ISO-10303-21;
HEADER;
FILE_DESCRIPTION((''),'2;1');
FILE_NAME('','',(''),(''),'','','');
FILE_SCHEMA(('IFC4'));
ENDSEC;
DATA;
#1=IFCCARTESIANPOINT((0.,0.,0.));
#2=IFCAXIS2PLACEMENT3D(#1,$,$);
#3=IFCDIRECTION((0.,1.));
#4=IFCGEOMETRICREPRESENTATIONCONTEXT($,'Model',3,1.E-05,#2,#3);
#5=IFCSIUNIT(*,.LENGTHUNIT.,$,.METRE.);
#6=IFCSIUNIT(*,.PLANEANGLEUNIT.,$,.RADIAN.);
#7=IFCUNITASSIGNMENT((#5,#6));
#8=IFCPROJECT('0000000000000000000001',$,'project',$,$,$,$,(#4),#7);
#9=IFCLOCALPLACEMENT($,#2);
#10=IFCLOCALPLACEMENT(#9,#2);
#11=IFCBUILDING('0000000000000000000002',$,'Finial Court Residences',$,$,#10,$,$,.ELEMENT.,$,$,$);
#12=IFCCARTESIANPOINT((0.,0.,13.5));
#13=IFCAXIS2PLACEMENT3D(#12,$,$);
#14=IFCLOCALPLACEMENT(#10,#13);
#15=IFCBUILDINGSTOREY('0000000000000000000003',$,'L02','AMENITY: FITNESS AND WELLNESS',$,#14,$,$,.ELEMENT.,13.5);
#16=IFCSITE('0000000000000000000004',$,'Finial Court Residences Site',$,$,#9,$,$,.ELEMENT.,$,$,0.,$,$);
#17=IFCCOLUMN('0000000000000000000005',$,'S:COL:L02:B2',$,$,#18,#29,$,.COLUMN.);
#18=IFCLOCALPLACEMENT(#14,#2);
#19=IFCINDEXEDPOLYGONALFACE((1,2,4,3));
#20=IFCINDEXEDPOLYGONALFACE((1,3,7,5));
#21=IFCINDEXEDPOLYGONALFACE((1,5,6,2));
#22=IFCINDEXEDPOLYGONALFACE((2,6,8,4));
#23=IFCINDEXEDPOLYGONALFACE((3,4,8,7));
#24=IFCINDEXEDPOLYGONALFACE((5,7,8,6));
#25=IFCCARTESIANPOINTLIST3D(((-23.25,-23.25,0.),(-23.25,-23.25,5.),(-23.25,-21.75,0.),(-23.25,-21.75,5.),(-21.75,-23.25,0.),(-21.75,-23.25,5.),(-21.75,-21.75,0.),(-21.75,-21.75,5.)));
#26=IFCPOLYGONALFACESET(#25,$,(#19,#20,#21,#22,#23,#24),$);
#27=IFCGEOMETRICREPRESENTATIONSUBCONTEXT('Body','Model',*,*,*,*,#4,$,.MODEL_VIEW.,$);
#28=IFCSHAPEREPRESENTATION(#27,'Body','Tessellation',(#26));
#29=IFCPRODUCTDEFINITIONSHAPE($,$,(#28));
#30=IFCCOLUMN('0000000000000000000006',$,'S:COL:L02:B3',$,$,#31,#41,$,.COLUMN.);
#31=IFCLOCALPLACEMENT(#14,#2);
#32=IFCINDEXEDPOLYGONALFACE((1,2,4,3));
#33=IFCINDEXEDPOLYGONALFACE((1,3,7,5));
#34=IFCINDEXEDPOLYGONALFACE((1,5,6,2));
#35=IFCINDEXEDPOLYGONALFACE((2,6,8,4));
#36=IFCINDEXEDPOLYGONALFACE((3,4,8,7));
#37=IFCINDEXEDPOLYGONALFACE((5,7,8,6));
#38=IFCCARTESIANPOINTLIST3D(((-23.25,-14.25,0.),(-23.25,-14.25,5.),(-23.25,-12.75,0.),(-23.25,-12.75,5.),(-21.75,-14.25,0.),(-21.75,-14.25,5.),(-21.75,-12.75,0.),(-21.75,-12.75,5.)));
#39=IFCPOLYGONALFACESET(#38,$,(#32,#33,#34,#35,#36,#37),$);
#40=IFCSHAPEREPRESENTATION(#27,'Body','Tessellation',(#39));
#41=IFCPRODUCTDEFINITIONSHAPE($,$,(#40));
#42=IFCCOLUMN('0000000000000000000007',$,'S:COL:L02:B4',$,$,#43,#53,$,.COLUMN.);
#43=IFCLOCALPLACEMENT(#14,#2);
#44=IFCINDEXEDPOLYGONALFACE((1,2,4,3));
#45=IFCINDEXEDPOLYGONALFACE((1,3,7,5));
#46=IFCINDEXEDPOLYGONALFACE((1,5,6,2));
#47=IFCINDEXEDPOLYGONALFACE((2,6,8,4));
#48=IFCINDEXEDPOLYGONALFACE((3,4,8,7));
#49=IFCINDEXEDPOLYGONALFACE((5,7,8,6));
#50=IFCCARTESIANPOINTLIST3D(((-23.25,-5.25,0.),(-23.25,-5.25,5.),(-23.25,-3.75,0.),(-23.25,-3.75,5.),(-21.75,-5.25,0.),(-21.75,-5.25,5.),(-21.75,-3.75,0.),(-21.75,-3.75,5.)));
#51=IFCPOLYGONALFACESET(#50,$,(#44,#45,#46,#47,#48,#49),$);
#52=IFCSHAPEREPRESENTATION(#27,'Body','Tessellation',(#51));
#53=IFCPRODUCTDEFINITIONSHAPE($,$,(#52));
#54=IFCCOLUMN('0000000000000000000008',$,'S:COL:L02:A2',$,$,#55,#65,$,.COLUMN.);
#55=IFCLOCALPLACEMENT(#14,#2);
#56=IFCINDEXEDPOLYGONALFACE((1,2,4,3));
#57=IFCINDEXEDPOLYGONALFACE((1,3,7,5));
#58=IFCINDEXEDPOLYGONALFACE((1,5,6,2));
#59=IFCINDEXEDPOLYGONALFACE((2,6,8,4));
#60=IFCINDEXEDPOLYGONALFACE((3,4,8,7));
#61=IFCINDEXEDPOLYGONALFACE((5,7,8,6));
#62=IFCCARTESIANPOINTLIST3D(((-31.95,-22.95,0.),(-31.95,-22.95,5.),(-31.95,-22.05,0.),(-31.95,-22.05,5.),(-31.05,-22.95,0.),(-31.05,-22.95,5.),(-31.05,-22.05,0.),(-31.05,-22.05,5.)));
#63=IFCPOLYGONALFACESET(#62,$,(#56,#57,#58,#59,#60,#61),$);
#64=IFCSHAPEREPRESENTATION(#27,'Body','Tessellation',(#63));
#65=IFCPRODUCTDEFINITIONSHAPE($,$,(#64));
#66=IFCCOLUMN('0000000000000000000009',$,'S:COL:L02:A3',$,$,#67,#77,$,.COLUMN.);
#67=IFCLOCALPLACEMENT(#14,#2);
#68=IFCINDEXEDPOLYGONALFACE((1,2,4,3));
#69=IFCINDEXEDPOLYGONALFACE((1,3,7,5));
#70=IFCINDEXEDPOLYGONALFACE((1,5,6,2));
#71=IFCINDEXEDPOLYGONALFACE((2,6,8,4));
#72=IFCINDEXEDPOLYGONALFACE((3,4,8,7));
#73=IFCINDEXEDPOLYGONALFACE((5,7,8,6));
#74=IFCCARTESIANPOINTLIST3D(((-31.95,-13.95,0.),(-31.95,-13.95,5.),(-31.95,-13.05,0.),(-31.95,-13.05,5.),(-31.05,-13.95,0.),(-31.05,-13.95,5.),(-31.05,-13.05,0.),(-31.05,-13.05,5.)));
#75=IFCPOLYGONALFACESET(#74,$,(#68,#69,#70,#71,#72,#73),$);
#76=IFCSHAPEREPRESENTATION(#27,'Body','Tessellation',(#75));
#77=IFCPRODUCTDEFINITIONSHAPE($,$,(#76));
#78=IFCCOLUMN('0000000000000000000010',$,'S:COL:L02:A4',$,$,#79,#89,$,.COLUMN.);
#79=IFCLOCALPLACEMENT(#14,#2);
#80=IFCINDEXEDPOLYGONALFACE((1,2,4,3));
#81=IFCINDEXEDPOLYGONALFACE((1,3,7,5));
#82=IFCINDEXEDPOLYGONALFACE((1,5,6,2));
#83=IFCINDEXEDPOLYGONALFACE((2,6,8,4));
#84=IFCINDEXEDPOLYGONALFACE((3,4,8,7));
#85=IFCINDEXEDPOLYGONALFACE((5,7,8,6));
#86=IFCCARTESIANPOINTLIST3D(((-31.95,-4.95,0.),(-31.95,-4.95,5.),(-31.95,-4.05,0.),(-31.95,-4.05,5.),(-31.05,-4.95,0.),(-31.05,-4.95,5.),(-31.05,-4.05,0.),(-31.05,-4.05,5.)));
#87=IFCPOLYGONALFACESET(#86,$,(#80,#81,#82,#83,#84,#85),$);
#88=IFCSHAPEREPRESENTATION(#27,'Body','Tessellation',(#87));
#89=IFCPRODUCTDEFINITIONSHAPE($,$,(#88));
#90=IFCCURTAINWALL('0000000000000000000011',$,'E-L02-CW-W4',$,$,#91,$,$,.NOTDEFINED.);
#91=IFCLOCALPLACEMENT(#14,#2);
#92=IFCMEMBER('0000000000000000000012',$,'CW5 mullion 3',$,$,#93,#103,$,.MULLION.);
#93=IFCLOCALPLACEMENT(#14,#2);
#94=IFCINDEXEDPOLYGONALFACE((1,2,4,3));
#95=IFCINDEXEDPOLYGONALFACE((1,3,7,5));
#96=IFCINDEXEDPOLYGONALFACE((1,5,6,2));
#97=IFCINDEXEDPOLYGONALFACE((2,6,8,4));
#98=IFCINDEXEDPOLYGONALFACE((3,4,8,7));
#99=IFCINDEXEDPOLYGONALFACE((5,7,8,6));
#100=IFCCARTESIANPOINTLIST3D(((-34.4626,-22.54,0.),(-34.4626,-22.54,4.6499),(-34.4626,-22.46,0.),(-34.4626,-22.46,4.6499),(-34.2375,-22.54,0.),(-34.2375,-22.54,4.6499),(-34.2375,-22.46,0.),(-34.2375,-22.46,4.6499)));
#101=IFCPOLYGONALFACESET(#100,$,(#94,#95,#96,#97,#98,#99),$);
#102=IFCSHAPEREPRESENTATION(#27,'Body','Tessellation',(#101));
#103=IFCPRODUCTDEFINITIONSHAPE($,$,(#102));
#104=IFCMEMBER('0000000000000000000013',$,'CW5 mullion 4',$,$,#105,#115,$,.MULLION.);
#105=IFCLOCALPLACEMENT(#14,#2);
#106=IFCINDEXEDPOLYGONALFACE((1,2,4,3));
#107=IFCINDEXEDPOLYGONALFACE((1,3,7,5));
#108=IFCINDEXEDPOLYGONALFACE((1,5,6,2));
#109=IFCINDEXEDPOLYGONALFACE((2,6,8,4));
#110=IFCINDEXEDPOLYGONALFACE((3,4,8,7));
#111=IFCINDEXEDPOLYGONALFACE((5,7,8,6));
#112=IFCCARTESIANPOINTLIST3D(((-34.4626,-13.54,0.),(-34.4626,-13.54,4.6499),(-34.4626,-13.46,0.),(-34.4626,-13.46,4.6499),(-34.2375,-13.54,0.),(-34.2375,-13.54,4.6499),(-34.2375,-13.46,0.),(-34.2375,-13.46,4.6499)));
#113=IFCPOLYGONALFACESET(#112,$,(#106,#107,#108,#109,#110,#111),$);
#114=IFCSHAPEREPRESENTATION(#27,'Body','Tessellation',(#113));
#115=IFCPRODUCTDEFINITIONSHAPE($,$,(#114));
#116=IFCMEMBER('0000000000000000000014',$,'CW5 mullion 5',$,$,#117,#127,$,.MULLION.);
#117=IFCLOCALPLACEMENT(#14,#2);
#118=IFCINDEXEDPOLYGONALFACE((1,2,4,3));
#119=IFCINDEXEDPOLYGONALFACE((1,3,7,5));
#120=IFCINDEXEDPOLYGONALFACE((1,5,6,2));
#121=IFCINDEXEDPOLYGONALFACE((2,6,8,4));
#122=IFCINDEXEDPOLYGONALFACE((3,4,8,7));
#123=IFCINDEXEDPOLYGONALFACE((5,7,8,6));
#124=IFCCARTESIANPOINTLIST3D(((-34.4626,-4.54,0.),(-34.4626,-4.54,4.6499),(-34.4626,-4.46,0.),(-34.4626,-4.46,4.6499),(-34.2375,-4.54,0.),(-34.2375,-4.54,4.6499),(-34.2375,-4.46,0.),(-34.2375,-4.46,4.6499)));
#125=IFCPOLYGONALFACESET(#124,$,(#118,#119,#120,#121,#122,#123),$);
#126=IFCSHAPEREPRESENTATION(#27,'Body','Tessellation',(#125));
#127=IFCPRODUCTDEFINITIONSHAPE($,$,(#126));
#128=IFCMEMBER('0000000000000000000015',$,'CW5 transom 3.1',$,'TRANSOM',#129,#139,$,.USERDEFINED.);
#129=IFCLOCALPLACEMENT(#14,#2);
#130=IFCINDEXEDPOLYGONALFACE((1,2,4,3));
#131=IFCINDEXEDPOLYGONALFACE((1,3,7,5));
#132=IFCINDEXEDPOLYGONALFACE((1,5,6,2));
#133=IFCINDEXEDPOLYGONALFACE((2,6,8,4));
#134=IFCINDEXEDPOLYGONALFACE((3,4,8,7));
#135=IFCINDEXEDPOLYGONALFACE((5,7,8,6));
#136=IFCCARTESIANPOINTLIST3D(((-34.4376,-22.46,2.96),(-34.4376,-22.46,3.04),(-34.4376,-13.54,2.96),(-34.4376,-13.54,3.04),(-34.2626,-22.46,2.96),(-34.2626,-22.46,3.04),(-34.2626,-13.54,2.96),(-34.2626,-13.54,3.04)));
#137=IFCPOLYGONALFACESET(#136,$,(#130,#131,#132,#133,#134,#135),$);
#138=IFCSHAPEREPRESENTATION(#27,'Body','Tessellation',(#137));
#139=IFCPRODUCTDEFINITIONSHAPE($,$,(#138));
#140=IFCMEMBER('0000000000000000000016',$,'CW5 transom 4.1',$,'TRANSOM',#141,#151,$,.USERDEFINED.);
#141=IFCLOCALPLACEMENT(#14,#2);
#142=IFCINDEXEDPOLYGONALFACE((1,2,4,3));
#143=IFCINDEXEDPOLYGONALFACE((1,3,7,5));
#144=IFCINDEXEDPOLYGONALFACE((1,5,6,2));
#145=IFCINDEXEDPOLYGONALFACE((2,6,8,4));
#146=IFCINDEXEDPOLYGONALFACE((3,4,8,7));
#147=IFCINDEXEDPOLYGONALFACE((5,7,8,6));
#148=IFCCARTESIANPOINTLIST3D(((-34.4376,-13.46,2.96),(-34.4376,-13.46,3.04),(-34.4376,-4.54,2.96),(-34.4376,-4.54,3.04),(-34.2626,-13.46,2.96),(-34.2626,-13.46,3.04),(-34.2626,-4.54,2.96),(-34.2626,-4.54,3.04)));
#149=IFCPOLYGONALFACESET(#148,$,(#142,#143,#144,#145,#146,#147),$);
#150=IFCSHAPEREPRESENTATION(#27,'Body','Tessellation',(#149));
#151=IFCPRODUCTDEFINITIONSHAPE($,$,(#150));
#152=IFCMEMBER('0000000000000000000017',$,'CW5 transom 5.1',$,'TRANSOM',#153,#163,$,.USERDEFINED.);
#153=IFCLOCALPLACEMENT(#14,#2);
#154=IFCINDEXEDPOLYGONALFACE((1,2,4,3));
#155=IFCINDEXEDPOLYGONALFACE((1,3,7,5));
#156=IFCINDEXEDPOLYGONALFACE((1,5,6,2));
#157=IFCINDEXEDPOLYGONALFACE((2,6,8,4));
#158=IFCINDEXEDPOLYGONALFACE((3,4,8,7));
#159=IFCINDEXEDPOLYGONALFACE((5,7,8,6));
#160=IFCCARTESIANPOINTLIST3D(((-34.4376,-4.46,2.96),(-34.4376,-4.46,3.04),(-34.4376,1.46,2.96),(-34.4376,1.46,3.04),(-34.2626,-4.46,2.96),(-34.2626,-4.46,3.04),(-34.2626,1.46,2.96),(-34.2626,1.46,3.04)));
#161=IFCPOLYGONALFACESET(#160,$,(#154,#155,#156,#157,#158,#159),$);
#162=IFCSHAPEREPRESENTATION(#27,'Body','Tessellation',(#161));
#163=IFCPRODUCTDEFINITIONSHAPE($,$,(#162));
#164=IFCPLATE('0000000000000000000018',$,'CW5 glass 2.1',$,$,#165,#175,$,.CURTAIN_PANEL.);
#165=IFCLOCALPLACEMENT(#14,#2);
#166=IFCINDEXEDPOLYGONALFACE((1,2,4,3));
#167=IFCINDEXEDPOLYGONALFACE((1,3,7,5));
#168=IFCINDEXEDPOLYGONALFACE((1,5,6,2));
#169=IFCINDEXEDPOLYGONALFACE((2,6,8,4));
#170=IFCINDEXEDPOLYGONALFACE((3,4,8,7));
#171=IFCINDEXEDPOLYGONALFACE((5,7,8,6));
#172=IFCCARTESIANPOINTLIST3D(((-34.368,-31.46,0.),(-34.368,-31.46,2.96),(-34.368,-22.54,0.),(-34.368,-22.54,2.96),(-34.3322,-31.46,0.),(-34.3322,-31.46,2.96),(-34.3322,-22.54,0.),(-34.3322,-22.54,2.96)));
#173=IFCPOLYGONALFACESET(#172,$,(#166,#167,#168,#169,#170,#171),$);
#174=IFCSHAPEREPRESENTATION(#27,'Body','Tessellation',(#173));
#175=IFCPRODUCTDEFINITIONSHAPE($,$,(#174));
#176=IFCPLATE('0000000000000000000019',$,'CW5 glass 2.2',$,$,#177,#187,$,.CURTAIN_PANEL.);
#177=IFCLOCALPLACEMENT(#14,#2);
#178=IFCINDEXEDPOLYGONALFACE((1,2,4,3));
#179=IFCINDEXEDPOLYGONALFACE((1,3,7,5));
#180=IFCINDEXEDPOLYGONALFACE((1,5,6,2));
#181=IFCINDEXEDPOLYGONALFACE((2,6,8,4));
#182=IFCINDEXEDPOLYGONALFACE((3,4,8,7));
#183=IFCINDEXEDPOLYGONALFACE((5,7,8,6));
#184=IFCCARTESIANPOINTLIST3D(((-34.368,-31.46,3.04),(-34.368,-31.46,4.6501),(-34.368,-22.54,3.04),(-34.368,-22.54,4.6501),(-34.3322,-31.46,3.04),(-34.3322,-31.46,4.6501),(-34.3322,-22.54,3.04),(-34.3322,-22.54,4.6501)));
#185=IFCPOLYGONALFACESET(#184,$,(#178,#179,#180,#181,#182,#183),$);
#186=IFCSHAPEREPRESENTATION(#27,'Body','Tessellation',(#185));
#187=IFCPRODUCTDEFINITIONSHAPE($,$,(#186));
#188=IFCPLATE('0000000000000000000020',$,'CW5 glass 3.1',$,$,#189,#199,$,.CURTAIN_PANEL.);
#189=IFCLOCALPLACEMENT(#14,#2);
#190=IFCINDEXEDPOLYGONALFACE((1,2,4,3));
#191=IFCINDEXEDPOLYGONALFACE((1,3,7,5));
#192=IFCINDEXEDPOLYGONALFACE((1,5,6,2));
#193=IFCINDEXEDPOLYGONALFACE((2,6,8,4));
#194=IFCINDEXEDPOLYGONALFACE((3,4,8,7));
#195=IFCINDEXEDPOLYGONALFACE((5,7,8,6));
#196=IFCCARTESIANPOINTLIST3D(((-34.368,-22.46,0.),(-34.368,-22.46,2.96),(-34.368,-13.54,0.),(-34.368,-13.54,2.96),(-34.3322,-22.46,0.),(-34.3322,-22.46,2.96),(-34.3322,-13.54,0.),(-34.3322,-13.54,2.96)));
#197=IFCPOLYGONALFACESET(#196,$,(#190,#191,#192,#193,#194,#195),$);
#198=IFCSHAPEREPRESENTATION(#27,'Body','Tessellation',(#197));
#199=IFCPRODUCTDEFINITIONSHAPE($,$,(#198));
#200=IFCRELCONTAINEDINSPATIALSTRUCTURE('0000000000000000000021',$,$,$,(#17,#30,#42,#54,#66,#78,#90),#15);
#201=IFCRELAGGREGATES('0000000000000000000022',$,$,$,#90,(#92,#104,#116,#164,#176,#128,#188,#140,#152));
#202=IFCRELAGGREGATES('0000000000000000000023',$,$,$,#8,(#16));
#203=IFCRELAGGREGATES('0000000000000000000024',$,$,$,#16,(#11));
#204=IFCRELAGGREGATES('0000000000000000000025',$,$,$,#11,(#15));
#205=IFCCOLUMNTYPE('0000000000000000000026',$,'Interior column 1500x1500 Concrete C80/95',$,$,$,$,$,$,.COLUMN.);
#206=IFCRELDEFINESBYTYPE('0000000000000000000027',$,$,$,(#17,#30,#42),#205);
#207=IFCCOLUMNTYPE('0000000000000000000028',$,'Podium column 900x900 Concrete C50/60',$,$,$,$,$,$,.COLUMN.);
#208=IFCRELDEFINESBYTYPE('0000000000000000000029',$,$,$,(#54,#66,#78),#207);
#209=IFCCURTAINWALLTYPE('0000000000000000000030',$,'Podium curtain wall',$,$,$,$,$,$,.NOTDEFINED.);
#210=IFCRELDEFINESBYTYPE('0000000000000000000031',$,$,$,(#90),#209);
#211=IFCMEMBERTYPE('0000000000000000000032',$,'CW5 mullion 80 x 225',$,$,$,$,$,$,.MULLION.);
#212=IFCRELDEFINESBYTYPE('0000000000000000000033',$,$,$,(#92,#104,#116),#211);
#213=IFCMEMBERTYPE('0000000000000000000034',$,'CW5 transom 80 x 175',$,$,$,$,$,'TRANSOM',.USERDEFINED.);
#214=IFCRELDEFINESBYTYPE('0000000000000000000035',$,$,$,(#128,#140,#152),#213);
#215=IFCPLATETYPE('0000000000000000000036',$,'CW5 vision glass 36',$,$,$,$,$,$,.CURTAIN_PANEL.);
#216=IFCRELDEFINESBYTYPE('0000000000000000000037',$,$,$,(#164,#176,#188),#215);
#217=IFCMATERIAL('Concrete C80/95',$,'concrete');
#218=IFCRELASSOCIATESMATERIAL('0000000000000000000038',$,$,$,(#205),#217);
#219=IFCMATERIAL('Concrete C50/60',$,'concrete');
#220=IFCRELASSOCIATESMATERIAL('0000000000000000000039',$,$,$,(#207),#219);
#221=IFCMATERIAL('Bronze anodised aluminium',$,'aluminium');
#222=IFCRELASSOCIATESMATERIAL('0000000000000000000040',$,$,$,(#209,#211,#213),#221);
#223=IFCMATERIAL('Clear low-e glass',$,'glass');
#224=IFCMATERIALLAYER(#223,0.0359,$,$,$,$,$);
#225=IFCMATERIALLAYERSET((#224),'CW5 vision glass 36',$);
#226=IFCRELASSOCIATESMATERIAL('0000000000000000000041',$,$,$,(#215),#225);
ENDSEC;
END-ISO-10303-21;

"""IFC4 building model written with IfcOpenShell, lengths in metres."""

from ifc_helpers import new_model, si_unit, direction, frame, origin, origin_2d, place, context, subcontext, project, spatial, rectangle, extrude, material, layer, layer_set, material_profile, profile_set, type_object, element, aggregate, save


model = new_model("IFC4")

# Units and contexts
model_context = context("Model", 3, precision=1e-05, world=origin(), true_north=direction((0.0, 1.0)))
body_context = subcontext(model_context, "Body", "Model", "MODEL_VIEW")
ifc_project = project(units=[si_unit("LENGTHUNIT", "METRE"), si_unit("PLANEANGLEUNIT", "RADIAN")], contexts=[model_context])

# Site, building, storey
site_placement = place(None, origin())
site = spatial("IfcSite", under=ifc_project, at=site_placement, Name="Finial Court Residences Site", CompositionType="ELEMENT", RefElevation=0.0)
building_placement = place(site_placement, origin())
building = spatial("IfcBuilding", under=site, at=building_placement, Name="Finial Court Residences", CompositionType="ELEMENT")
storey_placement = place(building_placement, frame((0.0, 0.0, 13.5)))
storey = spatial("IfcBuildingStorey", under=building, at=storey_placement, Name="L02", Description="AMENITY: FITNESS AND WELLNESS", CompositionType="ELEMENT", Elevation=13.5)

# Columns
ifc_material_1 = material(Name="Concrete C80/95", Category="concrete")
ifc_material_profile_1 = material_profile(ifc_material_1, rectangle(XDim=1.5, YDim=1.5, at=origin_2d()), Name="1500x1500")
ifc_profile_set_1 = profile_set([ifc_material_profile_1], Name="Concrete C80/95")
column_type_1 = type_object("IfcColumnType", Name="Interior column 1500x1500 Concrete C80/95", PredefinedType="COLUMN", material=ifc_profile_set_1)
for number, where, z_axis, x_axis, name in (
    (1, (-22.5, -22.5, 0.0), (0.0, 0.0, 1.0), (1.0, 0.0, 0.0), "S:COL:L02:B2"),
    (2, (-22.5, -13.5, 0.0), (0.0, 0.0, 1.0), (1.0, 0.0, 0.0), "S:COL:L02:B3"),
    (3, (-22.5, -4.5, 0.0), (0.0, 0.0, 1.0), (1.0, 0.0, 0.0), "S:COL:L02:B4"),
):
    element("IfcColumn", number, at=place(storey_placement, frame(where, z_axis=z_axis, x_axis=x_axis)), inside=storey, type_object=column_type_1, Name=name, PredefinedType="COLUMN", context=body_context, shape_type="SweptSolid", body=[
        extrude(rectangle(XDim=1.5, YDim=1.5, at=origin_2d()), origin(), (0.0, 0.0, 1.0), 5.0),
    ])
ifc_material_2 = material(Name="Concrete C50/60", Category="concrete")
ifc_material_profile_2 = material_profile(ifc_material_2, rectangle(XDim=0.8999, YDim=0.8999, at=origin_2d()), Name="900x900")
ifc_profile_set_2 = profile_set([ifc_material_profile_2], Name="Concrete C50/60")
column_type_2 = type_object("IfcColumnType", Name="Podium column 900x900 Concrete C50/60", PredefinedType="COLUMN", material=ifc_profile_set_2)
for number, where, z_axis, x_axis, name in (
    (4, (-31.5, -22.5, 0.0), (0.0, 0.0, 1.0), (1.0, 0.0, 0.0), "S:COL:L02:A2"),
    (5, (-31.5, -13.5, 0.0), (0.0, 0.0, 1.0), (1.0, 0.0, 0.0), "S:COL:L02:A3"),
    (6, (-31.5, -4.5, 0.0), (0.0, 0.0, 1.0), (1.0, 0.0, 0.0), "S:COL:L02:A4"),
):
    element("IfcColumn", number, at=place(storey_placement, frame(where, z_axis=z_axis, x_axis=x_axis)), inside=storey, type_object=column_type_2, Name=name, PredefinedType="COLUMN", context=body_context, shape_type="SweptSolid", body=[
        extrude(rectangle(XDim=0.8999, YDim=0.8999, at=origin_2d()), origin(), (0.0, 0.0, 1.0), 5.0),
    ])

# Curtain wall, members, plates
ifc_material_3 = material(Name="Bronze anodised aluminium", Category="aluminium")
curtain_wall_type = type_object("IfcCurtainWallType", Name="Podium curtain wall", PredefinedType="NOTDEFINED", material=ifc_material_3)
curtain_wall_placement = place(storey_placement, origin())
curtain_wall = element("IfcCurtainWall", 7, at=curtain_wall_placement, inside=storey, type_object=curtain_wall_type, Name="E-L02-CW-W4", PredefinedType="NOTDEFINED")
ifc_material_profile_3 = material_profile(ifc_material_3, rectangle(XDim=0.2251, YDim=0.0801, at=origin_2d()), Name="CW5 mullion 80 x 225")
ifc_profile_set_3 = profile_set([ifc_material_profile_3], Name="Bronze anodised aluminium")
member_type_1 = type_object("IfcMemberType", Name="CW5 mullion 80 x 225", PredefinedType="MULLION", material=ifc_profile_set_3)
member_1_placement = place(storey_placement, frame((-34.3501, -22.5, 0.0), z_axis=(0.0, 0.0, 1.0), x_axis=(-1.0, 0.0, 0.0)))
member_1 = element("IfcMember", 8, at=member_1_placement, type_object=member_type_1, Name="CW5 mullion 3", PredefinedType="MULLION", context=body_context, shape_type="SweptSolid", body=[
    extrude(rectangle(XDim=0.2251, YDim=0.0801, at=origin_2d()), origin(), (0.0, 0.0, 1.0), 4.6499),
])
member_2_placement = place(storey_placement, frame((-34.3501, -13.5, 0.0), z_axis=(0.0, 0.0, 1.0), x_axis=(-1.0, 0.0, 0.0)))
member_2 = element("IfcMember", 9, at=member_2_placement, type_object=member_type_1, Name="CW5 mullion 4", PredefinedType="MULLION", context=body_context, shape_type="SweptSolid", body=[
    extrude(rectangle(XDim=0.2251, YDim=0.0801, at=origin_2d()), origin(), (0.0, 0.0, 1.0), 4.6499),
])
member_3_placement = place(storey_placement, frame((-34.3501, -4.5, 0.0), z_axis=(0.0, 0.0, 1.0), x_axis=(-1.0, 0.0, 0.0)))
member_3 = element("IfcMember", 10, at=member_3_placement, type_object=member_type_1, Name="CW5 mullion 5", PredefinedType="MULLION", context=body_context, shape_type="SweptSolid", body=[
    extrude(rectangle(XDim=0.2251, YDim=0.0801, at=origin_2d()), origin(), (0.0, 0.0, 1.0), 4.6499),
])
ifc_material_profile_4 = material_profile(ifc_material_3, rectangle(XDim=0.175, YDim=0.0801, at=origin_2d()), Name="CW5 transom 80 x 175")
ifc_profile_set_4 = profile_set([ifc_material_profile_4], Name="Bronze anodised aluminium")
member_type_2 = type_object("IfcMemberType", Name="CW5 transom 80 x 175", ElementType="TRANSOM", PredefinedType="USERDEFINED", material=ifc_profile_set_4)
member_4_placement = place(storey_placement, frame((-34.3501, -22.46, 3.0), z_axis=(0.0, 1.0, 0.0), x_axis=(-1.0, 0.0, 0.0)))
member_4 = element("IfcMember", 11, at=member_4_placement, type_object=member_type_2, Name="CW5 transom 3.1", ObjectType="TRANSOM", PredefinedType="USERDEFINED", context=body_context, shape_type="SweptSolid", body=[
    extrude(rectangle(XDim=0.175, YDim=0.0801, at=origin_2d()), origin(), (0.0, 0.0, 1.0), 8.9199),
])
member_5_placement = place(storey_placement, frame((-34.3501, -13.46, 3.0), z_axis=(0.0, 1.0, 0.0), x_axis=(-1.0, 0.0, 0.0)))
member_5 = element("IfcMember", 12, at=member_5_placement, type_object=member_type_2, Name="CW5 transom 4.1", ObjectType="TRANSOM", PredefinedType="USERDEFINED", context=body_context, shape_type="SweptSolid", body=[
    extrude(rectangle(XDim=0.175, YDim=0.0801, at=origin_2d()), origin(), (0.0, 0.0, 1.0), 8.9199),
])
member_6_placement = place(storey_placement, frame((-34.3501, -4.46, 3.0), z_axis=(0.0, 1.0, 0.0), x_axis=(-1.0, 0.0, 0.0)))
member_6 = element("IfcMember", 13, at=member_6_placement, type_object=member_type_2, Name="CW5 transom 5.1", ObjectType="TRANSOM", PredefinedType="USERDEFINED", context=body_context, shape_type="SweptSolid", body=[
    extrude(rectangle(XDim=0.175, YDim=0.0801, at=origin_2d()), origin(), (0.0, 0.0, 1.0), 5.9199),
])
ifc_material_4 = material(Name="Clear low-e glass", Category="glass")
ifc_layer_1 = layer(ifc_material_4, 0.0359)
ifc_layer_set_1 = layer_set([ifc_layer_1], Name="CW5 vision glass 36")
plate_type = type_object("IfcPlateType", Name="CW5 vision glass 36", PredefinedType="CURTAIN_PANEL", material=ifc_layer_set_1)
plate_1_placement = place(storey_placement, frame((-34.3501, -27.0, 0.0), z_axis=(0.0, 0.0, 1.0), x_axis=(0.0, 1.0, 0.0)))
plate_1 = element("IfcPlate", 14, at=plate_1_placement, type_object=plate_type, Name="CW5 glass 2.1", PredefinedType="CURTAIN_PANEL", context=body_context, shape_type="SweptSolid", body=[
    extrude(rectangle(XDim=8.9199, YDim=0.0359, at=origin_2d()), origin(), (0.0, 0.0, 1.0), 2.96),
])
plate_2_placement = place(storey_placement, frame((-34.3501, -27.0, 3.04), z_axis=(0.0, 0.0, 1.0), x_axis=(0.0, 1.0, 0.0)))
plate_2 = element("IfcPlate", 15, at=plate_2_placement, type_object=plate_type, Name="CW5 glass 2.2", PredefinedType="CURTAIN_PANEL", context=body_context, shape_type="SweptSolid", body=[
    extrude(rectangle(XDim=8.9199, YDim=0.0359, at=origin_2d()), origin(), (0.0, 0.0, 1.0), 1.6101),
])
plate_3_placement = place(storey_placement, frame((-34.3501, -18.0, 0.0), z_axis=(0.0, 0.0, 1.0), x_axis=(0.0, 1.0, 0.0)))
plate_3 = element("IfcPlate", 16, at=plate_3_placement, type_object=plate_type, Name="CW5 glass 3.1", PredefinedType="CURTAIN_PANEL", context=body_context, shape_type="SweptSolid", body=[
    extrude(rectangle(XDim=8.9199, YDim=0.0359, at=origin_2d()), origin(), (0.0, 0.0, 1.0), 2.96),
])
aggregate(curtain_wall, [member_1, member_2, member_3, plate_1, plate_2, member_4, plate_3, member_5, member_6])

save(model, "model.ifc")
